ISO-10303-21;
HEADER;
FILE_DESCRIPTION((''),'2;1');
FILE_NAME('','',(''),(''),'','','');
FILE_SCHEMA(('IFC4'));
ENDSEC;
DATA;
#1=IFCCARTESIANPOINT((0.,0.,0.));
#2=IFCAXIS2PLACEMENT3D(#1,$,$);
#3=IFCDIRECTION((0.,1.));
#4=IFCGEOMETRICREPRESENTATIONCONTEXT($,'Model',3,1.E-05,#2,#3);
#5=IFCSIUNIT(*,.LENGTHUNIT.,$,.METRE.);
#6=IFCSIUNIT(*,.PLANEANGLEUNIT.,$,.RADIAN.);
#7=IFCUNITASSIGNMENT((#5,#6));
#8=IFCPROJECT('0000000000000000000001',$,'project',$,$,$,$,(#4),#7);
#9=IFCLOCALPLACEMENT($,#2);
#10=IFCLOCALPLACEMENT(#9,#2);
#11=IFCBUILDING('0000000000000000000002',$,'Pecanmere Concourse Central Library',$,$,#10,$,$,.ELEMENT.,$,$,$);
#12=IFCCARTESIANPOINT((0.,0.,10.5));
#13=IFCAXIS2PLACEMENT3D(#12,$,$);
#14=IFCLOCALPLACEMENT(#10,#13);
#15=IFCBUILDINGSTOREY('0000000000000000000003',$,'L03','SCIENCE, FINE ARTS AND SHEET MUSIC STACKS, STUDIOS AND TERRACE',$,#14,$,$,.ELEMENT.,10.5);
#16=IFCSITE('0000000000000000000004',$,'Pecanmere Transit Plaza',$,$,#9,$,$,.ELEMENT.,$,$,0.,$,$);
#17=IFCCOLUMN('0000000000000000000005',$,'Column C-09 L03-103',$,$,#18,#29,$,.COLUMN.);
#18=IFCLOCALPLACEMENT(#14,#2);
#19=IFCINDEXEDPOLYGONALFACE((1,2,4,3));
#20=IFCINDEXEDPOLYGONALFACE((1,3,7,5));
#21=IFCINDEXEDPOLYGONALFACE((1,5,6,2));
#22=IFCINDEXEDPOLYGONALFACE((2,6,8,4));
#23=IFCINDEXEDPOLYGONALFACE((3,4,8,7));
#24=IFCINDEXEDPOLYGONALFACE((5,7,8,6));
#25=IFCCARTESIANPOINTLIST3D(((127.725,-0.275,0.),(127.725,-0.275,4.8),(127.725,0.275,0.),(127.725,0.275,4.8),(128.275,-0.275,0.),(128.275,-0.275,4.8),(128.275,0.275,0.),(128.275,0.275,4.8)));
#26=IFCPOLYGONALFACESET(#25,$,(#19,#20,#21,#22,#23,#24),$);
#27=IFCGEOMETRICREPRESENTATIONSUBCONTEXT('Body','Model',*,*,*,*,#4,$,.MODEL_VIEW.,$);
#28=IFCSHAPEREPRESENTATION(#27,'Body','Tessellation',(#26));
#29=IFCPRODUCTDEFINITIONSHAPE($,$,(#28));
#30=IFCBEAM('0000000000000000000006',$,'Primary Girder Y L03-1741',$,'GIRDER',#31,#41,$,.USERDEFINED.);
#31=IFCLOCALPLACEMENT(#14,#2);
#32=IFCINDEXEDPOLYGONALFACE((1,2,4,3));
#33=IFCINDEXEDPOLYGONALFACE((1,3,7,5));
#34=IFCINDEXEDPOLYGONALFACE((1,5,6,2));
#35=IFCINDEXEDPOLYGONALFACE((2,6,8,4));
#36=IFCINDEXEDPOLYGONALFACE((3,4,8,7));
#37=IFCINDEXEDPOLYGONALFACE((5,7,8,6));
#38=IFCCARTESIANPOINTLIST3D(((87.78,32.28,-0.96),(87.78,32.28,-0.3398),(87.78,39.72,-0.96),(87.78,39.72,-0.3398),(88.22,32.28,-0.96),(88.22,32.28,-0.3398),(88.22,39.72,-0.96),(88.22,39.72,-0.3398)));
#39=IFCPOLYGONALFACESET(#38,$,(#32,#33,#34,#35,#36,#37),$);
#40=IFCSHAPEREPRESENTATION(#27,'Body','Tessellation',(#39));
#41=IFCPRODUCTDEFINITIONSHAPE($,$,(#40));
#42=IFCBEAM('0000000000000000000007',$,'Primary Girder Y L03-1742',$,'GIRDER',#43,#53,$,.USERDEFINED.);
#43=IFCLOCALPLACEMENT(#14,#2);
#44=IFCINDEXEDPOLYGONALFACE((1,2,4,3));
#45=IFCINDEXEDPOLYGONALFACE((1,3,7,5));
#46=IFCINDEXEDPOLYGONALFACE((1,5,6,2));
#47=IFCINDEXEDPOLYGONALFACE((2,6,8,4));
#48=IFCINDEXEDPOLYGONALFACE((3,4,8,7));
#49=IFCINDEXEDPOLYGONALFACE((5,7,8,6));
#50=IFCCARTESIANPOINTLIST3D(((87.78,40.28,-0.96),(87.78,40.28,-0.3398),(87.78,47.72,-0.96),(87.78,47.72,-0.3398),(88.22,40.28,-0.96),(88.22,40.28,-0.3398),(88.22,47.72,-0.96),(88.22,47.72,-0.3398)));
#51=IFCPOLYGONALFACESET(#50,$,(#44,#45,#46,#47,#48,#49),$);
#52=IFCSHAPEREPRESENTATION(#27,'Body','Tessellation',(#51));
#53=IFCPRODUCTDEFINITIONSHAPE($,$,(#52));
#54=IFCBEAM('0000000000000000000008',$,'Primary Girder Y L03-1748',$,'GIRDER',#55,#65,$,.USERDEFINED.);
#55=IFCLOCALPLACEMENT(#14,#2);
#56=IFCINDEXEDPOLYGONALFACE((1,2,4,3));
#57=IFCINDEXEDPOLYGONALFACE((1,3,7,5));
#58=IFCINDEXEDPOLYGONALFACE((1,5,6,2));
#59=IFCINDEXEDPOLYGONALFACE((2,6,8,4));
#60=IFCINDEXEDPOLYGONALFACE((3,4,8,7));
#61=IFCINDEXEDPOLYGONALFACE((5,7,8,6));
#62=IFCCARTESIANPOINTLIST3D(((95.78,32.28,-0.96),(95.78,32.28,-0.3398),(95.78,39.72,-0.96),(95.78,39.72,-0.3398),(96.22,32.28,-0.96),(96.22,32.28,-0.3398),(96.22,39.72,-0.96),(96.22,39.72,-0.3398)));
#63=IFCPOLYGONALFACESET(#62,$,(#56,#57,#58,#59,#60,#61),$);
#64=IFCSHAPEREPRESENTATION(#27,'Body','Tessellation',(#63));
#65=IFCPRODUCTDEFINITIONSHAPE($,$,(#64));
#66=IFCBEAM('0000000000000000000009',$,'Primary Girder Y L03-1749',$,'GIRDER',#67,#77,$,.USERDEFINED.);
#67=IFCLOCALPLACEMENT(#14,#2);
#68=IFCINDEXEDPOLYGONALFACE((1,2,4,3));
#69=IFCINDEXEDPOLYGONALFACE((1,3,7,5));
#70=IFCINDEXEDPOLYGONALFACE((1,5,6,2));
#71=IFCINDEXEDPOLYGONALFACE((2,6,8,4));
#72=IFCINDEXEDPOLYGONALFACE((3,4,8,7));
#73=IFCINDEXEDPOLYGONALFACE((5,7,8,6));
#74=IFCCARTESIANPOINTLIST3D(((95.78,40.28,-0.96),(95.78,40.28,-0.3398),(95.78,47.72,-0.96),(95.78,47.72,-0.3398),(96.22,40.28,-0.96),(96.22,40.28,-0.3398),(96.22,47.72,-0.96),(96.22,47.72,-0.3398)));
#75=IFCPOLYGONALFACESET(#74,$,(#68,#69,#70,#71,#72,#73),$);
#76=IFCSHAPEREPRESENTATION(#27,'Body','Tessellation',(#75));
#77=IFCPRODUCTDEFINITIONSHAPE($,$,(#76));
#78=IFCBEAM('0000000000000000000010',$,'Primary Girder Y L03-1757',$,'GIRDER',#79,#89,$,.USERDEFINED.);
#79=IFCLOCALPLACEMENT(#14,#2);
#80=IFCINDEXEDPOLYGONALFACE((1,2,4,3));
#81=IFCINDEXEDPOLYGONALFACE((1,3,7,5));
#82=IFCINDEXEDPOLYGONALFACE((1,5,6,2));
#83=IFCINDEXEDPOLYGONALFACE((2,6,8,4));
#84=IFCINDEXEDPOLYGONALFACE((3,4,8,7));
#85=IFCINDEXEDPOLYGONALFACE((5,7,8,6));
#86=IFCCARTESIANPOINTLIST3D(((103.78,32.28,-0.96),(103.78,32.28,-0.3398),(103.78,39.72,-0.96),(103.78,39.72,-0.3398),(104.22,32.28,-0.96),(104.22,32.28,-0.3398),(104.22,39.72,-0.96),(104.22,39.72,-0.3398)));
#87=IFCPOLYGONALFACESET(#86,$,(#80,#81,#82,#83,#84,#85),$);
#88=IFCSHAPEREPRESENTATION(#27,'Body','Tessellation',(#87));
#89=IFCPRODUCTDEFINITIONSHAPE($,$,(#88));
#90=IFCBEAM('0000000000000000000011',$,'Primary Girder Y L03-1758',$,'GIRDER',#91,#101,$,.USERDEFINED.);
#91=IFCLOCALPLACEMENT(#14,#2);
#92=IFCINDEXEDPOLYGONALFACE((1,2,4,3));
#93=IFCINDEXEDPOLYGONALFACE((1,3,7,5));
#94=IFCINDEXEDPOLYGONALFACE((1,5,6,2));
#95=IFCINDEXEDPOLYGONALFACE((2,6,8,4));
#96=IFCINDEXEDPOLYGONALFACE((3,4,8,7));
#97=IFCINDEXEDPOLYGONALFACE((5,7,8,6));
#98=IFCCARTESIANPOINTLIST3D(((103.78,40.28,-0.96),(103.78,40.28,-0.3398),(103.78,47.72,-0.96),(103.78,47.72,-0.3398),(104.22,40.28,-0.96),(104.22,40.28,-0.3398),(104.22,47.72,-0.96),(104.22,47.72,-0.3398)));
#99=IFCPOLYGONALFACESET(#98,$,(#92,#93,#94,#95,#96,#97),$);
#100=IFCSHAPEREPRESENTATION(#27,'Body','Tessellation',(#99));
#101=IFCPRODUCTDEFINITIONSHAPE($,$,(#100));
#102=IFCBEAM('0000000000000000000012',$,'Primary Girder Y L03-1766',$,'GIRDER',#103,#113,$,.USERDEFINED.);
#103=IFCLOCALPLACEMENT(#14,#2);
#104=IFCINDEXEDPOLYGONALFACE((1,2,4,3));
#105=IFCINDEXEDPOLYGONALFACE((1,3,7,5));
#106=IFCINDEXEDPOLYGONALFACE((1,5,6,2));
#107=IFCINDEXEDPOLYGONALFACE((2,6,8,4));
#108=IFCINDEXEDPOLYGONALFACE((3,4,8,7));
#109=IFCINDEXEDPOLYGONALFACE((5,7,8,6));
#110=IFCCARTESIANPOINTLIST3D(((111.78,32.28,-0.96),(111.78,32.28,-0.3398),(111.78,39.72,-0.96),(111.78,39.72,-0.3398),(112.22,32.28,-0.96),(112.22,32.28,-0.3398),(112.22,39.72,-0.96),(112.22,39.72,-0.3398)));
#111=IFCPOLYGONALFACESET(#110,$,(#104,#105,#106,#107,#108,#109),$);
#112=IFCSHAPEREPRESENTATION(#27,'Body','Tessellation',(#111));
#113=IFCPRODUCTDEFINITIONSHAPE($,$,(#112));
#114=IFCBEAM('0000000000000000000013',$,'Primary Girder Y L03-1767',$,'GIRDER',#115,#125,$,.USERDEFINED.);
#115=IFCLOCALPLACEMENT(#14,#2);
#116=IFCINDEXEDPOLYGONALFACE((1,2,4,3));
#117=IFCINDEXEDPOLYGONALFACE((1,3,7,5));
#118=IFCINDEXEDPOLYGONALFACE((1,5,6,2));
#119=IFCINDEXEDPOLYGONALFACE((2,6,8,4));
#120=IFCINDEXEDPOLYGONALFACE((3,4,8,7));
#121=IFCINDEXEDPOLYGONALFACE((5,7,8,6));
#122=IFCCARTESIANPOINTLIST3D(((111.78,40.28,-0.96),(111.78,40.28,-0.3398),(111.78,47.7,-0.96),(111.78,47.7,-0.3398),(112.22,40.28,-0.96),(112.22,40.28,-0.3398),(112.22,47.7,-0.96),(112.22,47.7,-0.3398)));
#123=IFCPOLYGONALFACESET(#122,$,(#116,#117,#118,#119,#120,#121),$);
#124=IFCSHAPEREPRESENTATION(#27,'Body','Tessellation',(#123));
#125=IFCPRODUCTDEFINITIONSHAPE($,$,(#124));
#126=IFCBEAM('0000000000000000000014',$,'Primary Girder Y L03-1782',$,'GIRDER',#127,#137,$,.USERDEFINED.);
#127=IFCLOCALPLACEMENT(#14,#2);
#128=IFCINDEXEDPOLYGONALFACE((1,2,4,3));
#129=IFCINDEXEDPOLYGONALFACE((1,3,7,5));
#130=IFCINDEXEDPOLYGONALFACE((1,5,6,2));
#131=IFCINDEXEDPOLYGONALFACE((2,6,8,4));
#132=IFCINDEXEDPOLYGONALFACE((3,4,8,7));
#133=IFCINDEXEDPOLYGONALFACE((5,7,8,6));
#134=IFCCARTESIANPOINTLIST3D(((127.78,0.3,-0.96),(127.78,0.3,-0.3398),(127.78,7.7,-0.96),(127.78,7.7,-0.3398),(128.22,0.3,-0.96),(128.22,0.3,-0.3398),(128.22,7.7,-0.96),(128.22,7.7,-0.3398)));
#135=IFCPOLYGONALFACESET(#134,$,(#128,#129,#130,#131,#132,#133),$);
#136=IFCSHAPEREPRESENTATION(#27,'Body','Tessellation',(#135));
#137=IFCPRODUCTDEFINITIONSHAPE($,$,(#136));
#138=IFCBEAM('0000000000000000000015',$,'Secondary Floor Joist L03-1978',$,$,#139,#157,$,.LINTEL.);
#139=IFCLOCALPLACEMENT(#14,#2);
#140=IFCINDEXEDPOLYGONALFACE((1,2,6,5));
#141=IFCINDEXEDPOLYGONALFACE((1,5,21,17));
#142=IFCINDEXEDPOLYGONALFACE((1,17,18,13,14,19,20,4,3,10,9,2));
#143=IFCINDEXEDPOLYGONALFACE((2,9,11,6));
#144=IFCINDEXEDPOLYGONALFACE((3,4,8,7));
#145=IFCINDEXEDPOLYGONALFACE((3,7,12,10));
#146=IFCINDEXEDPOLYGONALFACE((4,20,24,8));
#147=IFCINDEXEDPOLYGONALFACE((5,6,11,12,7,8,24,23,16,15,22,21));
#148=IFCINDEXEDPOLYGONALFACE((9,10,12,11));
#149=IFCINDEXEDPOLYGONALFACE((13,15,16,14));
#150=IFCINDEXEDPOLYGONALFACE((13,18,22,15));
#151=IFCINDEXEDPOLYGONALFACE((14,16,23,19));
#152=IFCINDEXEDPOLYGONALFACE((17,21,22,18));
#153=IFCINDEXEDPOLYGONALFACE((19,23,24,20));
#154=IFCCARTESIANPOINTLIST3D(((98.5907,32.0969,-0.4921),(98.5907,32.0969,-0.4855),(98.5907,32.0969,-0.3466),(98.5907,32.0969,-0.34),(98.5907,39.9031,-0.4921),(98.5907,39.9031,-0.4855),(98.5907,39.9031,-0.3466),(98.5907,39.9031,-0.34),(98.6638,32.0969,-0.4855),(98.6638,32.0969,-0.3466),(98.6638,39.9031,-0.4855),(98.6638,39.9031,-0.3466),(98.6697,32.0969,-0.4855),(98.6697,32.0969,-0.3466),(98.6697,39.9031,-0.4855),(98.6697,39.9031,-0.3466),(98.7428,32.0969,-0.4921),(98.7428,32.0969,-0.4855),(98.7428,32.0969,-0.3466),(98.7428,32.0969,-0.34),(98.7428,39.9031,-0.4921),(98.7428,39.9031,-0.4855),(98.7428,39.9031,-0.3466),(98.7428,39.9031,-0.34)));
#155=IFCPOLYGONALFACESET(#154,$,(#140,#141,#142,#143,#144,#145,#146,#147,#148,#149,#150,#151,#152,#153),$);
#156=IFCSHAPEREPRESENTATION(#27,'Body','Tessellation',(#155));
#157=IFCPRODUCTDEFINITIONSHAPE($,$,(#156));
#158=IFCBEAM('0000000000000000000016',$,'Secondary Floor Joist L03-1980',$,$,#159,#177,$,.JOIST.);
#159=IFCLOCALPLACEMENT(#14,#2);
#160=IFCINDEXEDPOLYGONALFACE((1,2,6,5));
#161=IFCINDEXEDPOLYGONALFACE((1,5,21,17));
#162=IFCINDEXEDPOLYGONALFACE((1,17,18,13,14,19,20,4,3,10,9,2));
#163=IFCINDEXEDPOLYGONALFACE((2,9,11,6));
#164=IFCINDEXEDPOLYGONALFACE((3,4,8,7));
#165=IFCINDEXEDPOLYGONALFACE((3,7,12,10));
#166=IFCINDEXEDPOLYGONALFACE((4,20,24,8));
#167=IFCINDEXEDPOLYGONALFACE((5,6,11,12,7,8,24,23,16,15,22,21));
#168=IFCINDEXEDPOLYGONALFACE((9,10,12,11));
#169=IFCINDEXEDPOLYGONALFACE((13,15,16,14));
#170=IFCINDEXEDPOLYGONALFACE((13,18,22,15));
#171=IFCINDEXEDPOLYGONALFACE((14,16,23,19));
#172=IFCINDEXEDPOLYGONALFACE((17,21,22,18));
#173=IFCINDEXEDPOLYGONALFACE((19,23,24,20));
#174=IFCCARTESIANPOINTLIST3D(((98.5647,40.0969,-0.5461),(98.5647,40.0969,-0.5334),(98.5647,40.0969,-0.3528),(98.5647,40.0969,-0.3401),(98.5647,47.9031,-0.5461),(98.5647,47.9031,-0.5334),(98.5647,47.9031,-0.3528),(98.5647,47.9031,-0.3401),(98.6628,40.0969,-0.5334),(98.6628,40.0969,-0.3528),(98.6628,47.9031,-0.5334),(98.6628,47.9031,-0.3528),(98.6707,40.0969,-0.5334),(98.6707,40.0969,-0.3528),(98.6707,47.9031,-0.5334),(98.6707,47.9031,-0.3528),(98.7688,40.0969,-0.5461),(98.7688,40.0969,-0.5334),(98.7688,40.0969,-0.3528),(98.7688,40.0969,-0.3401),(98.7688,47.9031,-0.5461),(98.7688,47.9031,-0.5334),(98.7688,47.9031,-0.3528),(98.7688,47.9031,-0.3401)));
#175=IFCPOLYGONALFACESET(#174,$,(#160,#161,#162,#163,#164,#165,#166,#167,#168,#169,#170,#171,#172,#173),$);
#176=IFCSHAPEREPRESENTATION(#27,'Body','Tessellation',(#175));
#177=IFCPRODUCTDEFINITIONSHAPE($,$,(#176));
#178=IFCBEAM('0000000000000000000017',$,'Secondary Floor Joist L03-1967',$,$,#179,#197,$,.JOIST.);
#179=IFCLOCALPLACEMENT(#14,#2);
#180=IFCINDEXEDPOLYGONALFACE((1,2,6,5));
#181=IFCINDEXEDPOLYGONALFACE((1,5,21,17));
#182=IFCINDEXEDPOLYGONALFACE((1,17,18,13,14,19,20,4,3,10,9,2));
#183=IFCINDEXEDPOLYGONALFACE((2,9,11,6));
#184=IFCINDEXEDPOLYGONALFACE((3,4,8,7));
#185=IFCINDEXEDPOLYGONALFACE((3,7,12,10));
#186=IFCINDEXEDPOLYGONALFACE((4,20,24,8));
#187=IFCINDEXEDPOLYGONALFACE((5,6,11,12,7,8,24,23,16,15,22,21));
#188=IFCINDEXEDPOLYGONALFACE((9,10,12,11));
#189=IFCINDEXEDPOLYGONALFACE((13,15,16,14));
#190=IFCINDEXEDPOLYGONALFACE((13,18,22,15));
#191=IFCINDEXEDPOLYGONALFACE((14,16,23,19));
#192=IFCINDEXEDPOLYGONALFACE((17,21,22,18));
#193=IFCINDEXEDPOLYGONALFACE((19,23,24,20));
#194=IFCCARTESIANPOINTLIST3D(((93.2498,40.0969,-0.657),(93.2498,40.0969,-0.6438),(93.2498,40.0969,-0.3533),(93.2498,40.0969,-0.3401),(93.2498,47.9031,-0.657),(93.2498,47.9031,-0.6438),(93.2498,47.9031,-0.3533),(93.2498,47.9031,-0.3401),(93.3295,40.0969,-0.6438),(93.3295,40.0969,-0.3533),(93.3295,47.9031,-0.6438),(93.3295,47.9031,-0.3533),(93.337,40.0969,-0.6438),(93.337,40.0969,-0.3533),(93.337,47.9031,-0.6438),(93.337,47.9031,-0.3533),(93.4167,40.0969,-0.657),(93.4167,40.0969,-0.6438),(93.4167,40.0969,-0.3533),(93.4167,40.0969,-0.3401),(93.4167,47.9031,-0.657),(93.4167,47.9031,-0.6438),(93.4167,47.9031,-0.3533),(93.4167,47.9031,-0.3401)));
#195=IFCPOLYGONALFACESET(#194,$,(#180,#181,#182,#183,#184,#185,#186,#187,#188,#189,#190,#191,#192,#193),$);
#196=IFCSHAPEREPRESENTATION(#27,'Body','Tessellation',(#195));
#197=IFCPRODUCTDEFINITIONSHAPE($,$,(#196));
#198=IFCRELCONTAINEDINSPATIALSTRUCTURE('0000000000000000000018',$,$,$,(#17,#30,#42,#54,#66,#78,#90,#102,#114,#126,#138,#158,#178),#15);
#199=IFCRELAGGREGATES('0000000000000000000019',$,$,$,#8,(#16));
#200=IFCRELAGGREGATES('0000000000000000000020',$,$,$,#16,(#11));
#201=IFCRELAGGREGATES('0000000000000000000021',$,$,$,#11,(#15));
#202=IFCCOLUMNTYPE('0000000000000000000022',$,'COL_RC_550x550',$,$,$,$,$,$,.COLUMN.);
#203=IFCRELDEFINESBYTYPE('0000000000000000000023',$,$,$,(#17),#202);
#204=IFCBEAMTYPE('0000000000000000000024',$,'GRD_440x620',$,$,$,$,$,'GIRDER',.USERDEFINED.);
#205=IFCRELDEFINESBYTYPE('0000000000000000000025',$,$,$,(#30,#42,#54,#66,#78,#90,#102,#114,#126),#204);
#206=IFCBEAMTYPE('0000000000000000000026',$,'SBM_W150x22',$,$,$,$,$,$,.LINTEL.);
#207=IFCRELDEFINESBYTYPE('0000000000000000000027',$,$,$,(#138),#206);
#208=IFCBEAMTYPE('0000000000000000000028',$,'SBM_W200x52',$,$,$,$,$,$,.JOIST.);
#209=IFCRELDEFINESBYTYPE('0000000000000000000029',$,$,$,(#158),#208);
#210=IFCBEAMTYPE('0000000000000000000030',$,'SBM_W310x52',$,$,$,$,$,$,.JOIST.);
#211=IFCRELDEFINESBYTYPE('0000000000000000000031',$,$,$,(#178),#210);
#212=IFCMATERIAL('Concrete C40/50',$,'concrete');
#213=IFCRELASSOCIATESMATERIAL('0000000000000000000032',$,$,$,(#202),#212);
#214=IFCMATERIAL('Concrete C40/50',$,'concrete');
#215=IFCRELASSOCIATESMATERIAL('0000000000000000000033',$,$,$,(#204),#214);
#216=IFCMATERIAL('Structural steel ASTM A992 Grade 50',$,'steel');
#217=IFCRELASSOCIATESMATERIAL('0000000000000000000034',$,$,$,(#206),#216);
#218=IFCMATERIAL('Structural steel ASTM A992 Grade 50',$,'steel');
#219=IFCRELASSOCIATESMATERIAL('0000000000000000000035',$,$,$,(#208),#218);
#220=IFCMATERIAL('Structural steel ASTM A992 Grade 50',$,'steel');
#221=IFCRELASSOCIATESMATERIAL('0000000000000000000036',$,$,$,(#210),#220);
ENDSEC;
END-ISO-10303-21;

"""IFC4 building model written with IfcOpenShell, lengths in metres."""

from ifc_helpers import new_model, si_unit, direction, frame, origin, origin_2d, place, context, subcontext, project, spatial, rectangle, i_section, extrude, material, material_profile, profile_set, type_object, element, save


model = new_model("IFC4")

# Units and contexts
model_context = context("Model", 3, precision=1e-05, world=origin(), true_north=direction((0.0, 1.0)))
body_context = subcontext(model_context, "Body", "Model", "MODEL_VIEW")
ifc_project = project(units=[si_unit("LENGTHUNIT", "METRE"), si_unit("PLANEANGLEUNIT", "RADIAN")], contexts=[model_context])

# Site, building, storey
site_placement = place(None, origin())
site = spatial("IfcSite", under=ifc_project, at=site_placement, Name="Pecanmere Transit Plaza", CompositionType="ELEMENT", RefElevation=0.0)
building_placement = place(site_placement, origin())
building = spatial("IfcBuilding", under=site, at=building_placement, Name="Pecanmere Concourse Central Library", CompositionType="ELEMENT")
storey_placement = place(building_placement, frame((0.0, 0.0, 10.5)))
storey = spatial("IfcBuildingStorey", under=building, at=storey_placement, Name="L03", Description="SCIENCE, FINE ARTS AND SHEET MUSIC STACKS, STUDIOS AND TERRACE", CompositionType="ELEMENT", Elevation=10.5)

# Column
ifc_material_1 = material(Name="Concrete C40/50", Category="concrete")
ifc_material_profile_1 = material_profile(ifc_material_1, rectangle(XDim=0.55, YDim=0.55, at=origin_2d()), Name="RC 550x550")
ifc_profile_set_1 = profile_set([ifc_material_profile_1], Name="Concrete C40/50")
column_type = type_object("IfcColumnType", Name="COL_RC_550x550", PredefinedType="COLUMN", material=ifc_profile_set_1)
column_placement = place(storey_placement, frame((128.0, 0.0, 0.0), z_axis=(0.0, 0.0, 1.0), x_axis=(1.0, 0.0, 0.0)))
element("IfcColumn", 1, at=column_placement, inside=storey, type_object=column_type, Name="Column C-09 L03-103", PredefinedType="COLUMN", context=body_context, shape_type="SweptSolid", body=[
    extrude(rectangle(XDim=0.55, YDim=0.55, at=origin_2d()), origin(), (0.0, 0.0, 1.0), 4.8),
])

# Beams
ifc_material_2 = material(Name="Concrete C40/50", Category="concrete")
ifc_material_profile_2 = material_profile(ifc_material_2, rectangle(XDim=0.4399, YDim=0.6201, at=origin_2d()), Name="RC 440x620")
ifc_profile_set_2 = profile_set([ifc_material_profile_2], Name="Concrete C40/50")
beam_type_1 = type_object("IfcBeamType", Name="GRD_440x620", ElementType="GIRDER", PredefinedType="USERDEFINED", material=ifc_profile_set_2)
for number, where, z_axis, x_axis, name in (
    (2, (88.0, 32.28, -0.6499), (0.0, 1.0, 0.0), (-1.0, 0.0, 0.0), "Primary Girder Y L03-1741"),
    (3, (88.0, 40.28, -0.6499), (0.0, 1.0, 0.0), (-1.0, 0.0, 0.0), "Primary Girder Y L03-1742"),
    (4, (96.0, 32.28, -0.6499), (0.0, 1.0, 0.0), (-1.0, 0.0, 0.0), "Primary Girder Y L03-1748"),
    (5, (96.0, 40.28, -0.6499), (0.0, 1.0, 0.0), (-1.0, 0.0, 0.0), "Primary Girder Y L03-1749"),
    (6, (104.0, 32.28, -0.6499), (0.0, 1.0, 0.0), (-1.0, 0.0, 0.0), "Primary Girder Y L03-1757"),
    (7, (104.0, 40.28, -0.6499), (0.0, 1.0, 0.0), (-1.0, 0.0, 0.0), "Primary Girder Y L03-1758"),
    (8, (112.0, 32.28, -0.6499), (0.0, 1.0, 0.0), (-1.0, 0.0, 0.0), "Primary Girder Y L03-1766"),
):
    element("IfcBeam", number, at=place(storey_placement, frame(where, z_axis=z_axis, x_axis=x_axis)), inside=storey, type_object=beam_type_1, Name=name, ObjectType="GIRDER", PredefinedType="USERDEFINED", context=body_context, shape_type="SweptSolid", body=[
        extrude(rectangle(XDim=0.4399, YDim=0.6201, at=origin_2d()), origin(), (0.0, 0.0, 1.0), 7.4399),
    ])
beam_1_placement = place(storey_placement, frame((112.0, 40.28, -0.6499), z_axis=(0.0, 1.0, 0.0), x_axis=(-1.0, 0.0, 0.0)))
element("IfcBeam", 9, at=beam_1_placement, inside=storey, type_object=beam_type_1, Name="Primary Girder Y L03-1767", ObjectType="GIRDER", PredefinedType="USERDEFINED", context=body_context, shape_type="SweptSolid", body=[
    extrude(rectangle(XDim=0.4399, YDim=0.6201, at=origin_2d()), origin(), (0.0, 0.0, 1.0), 7.4199),
])
beam_2_placement = place(storey_placement, frame((128.0, 0.3, -0.6499), z_axis=(0.0, 1.0, 0.0), x_axis=(-1.0, 0.0, 0.0)))
element("IfcBeam", 10, at=beam_2_placement, inside=storey, type_object=beam_type_1, Name="Primary Girder Y L03-1782", ObjectType="GIRDER", PredefinedType="USERDEFINED", context=body_context, shape_type="SweptSolid", body=[
    extrude(rectangle(XDim=0.4399, YDim=0.6201, at=origin_2d()), origin(), (0.0, 0.0, 1.0), 7.3999),
])
ifc_material_3 = material(Name="Structural steel ASTM A992 Grade 50", Category="steel")
ifc_material_profile_3 = material_profile(ifc_material_3, i_section(OverallWidth=0.1521, OverallDepth=0.1521, WebThickness=0.0059, FlangeThickness=0.0066, at=origin_2d()), Name="W150x22.5")
ifc_profile_set_3 = profile_set([ifc_material_profile_3], Name="Structural steel ASTM A992 Grade 50")
beam_type_2 = type_object("IfcBeamType", Name="SBM_W150x22", PredefinedType="LINTEL", material=ifc_profile_set_3)
beam_3_placement = place(storey_placement, frame((98.6667, 32.0969, -0.416), z_axis=(0.0, 1.0, 0.0), x_axis=(-1.0, 0.0, 0.0)))
element("IfcBeam", 11, at=beam_3_placement, inside=storey, type_object=beam_type_2, Name="Secondary Floor Joist L03-1978", PredefinedType="LINTEL", context=body_context, shape_type="SweptSolid", body=[
    extrude(i_section(OverallWidth=0.1521, OverallDepth=0.1521, WebThickness=0.0059, FlangeThickness=0.0066, at=origin_2d()), origin(), (0.0, 0.0, 1.0), 7.8062),
])
ifc_material_4 = material(Name="Structural steel ASTM A992 Grade 50", Category="steel")
ifc_material_profile_4 = material_profile(ifc_material_4, i_section(OverallWidth=0.2041, OverallDepth=0.2061, WebThickness=0.0078, FlangeThickness=0.0127, at=origin_2d()), Name="W200x52")
ifc_profile_set_4 = profile_set([ifc_material_profile_4], Name="Structural steel ASTM A992 Grade 50")
beam_type_3 = type_object("IfcBeamType", Name="SBM_W200x52", PredefinedType="JOIST", material=ifc_profile_set_4)
beam_4_placement = place(storey_placement, frame((98.6667, 40.0969, -0.4431), z_axis=(0.0, 1.0, 0.0), x_axis=(-1.0, 0.0, 0.0)))
element("IfcBeam", 12, at=beam_4_placement, inside=storey, type_object=beam_type_3, Name="Secondary Floor Joist L03-1980", PredefinedType="JOIST", context=body_context, shape_type="SweptSolid", body=[
    extrude(i_section(OverallWidth=0.2041, OverallDepth=0.2061, WebThickness=0.0078, FlangeThickness=0.0127, at=origin_2d()), origin(), (0.0, 0.0, 1.0), 7.8062),
])
ifc_material_5 = material(Name="Structural steel ASTM A992 Grade 50", Category="steel")
ifc_material_profile_5 = material_profile(ifc_material_5, i_section(OverallWidth=0.167, OverallDepth=0.3169, WebThickness=0.0076, FlangeThickness=0.0132, at=origin_2d()), Name="W310x52")
ifc_profile_set_5 = profile_set([ifc_material_profile_5], Name="Structural steel ASTM A992 Grade 50")
beam_type_4 = type_object("IfcBeamType", Name="SBM_W310x52", PredefinedType="JOIST", material=ifc_profile_set_5)
for number, where, z_axis, x_axis, name in (
    (13, (93.3333, 40.0969, -0.4985), (0.0, 1.0, 0.0), (-1.0, 0.0, 0.0), "Secondary Floor Joist L03-1967"),
):
    element("IfcBeam", number, at=place(storey_placement, frame(where, z_axis=z_axis, x_axis=x_axis)), inside=storey, type_object=beam_type_4, Name=name, PredefinedType="JOIST", context=body_context, shape_type="SweptSolid", body=[
        extrude(i_section(OverallWidth=0.167, OverallDepth=0.3169, WebThickness=0.0076, FlangeThickness=0.0132, at=origin_2d()), origin(), (0.0, 0.0, 1.0), 7.8062),
    ])

save(model, "model.ifc")
